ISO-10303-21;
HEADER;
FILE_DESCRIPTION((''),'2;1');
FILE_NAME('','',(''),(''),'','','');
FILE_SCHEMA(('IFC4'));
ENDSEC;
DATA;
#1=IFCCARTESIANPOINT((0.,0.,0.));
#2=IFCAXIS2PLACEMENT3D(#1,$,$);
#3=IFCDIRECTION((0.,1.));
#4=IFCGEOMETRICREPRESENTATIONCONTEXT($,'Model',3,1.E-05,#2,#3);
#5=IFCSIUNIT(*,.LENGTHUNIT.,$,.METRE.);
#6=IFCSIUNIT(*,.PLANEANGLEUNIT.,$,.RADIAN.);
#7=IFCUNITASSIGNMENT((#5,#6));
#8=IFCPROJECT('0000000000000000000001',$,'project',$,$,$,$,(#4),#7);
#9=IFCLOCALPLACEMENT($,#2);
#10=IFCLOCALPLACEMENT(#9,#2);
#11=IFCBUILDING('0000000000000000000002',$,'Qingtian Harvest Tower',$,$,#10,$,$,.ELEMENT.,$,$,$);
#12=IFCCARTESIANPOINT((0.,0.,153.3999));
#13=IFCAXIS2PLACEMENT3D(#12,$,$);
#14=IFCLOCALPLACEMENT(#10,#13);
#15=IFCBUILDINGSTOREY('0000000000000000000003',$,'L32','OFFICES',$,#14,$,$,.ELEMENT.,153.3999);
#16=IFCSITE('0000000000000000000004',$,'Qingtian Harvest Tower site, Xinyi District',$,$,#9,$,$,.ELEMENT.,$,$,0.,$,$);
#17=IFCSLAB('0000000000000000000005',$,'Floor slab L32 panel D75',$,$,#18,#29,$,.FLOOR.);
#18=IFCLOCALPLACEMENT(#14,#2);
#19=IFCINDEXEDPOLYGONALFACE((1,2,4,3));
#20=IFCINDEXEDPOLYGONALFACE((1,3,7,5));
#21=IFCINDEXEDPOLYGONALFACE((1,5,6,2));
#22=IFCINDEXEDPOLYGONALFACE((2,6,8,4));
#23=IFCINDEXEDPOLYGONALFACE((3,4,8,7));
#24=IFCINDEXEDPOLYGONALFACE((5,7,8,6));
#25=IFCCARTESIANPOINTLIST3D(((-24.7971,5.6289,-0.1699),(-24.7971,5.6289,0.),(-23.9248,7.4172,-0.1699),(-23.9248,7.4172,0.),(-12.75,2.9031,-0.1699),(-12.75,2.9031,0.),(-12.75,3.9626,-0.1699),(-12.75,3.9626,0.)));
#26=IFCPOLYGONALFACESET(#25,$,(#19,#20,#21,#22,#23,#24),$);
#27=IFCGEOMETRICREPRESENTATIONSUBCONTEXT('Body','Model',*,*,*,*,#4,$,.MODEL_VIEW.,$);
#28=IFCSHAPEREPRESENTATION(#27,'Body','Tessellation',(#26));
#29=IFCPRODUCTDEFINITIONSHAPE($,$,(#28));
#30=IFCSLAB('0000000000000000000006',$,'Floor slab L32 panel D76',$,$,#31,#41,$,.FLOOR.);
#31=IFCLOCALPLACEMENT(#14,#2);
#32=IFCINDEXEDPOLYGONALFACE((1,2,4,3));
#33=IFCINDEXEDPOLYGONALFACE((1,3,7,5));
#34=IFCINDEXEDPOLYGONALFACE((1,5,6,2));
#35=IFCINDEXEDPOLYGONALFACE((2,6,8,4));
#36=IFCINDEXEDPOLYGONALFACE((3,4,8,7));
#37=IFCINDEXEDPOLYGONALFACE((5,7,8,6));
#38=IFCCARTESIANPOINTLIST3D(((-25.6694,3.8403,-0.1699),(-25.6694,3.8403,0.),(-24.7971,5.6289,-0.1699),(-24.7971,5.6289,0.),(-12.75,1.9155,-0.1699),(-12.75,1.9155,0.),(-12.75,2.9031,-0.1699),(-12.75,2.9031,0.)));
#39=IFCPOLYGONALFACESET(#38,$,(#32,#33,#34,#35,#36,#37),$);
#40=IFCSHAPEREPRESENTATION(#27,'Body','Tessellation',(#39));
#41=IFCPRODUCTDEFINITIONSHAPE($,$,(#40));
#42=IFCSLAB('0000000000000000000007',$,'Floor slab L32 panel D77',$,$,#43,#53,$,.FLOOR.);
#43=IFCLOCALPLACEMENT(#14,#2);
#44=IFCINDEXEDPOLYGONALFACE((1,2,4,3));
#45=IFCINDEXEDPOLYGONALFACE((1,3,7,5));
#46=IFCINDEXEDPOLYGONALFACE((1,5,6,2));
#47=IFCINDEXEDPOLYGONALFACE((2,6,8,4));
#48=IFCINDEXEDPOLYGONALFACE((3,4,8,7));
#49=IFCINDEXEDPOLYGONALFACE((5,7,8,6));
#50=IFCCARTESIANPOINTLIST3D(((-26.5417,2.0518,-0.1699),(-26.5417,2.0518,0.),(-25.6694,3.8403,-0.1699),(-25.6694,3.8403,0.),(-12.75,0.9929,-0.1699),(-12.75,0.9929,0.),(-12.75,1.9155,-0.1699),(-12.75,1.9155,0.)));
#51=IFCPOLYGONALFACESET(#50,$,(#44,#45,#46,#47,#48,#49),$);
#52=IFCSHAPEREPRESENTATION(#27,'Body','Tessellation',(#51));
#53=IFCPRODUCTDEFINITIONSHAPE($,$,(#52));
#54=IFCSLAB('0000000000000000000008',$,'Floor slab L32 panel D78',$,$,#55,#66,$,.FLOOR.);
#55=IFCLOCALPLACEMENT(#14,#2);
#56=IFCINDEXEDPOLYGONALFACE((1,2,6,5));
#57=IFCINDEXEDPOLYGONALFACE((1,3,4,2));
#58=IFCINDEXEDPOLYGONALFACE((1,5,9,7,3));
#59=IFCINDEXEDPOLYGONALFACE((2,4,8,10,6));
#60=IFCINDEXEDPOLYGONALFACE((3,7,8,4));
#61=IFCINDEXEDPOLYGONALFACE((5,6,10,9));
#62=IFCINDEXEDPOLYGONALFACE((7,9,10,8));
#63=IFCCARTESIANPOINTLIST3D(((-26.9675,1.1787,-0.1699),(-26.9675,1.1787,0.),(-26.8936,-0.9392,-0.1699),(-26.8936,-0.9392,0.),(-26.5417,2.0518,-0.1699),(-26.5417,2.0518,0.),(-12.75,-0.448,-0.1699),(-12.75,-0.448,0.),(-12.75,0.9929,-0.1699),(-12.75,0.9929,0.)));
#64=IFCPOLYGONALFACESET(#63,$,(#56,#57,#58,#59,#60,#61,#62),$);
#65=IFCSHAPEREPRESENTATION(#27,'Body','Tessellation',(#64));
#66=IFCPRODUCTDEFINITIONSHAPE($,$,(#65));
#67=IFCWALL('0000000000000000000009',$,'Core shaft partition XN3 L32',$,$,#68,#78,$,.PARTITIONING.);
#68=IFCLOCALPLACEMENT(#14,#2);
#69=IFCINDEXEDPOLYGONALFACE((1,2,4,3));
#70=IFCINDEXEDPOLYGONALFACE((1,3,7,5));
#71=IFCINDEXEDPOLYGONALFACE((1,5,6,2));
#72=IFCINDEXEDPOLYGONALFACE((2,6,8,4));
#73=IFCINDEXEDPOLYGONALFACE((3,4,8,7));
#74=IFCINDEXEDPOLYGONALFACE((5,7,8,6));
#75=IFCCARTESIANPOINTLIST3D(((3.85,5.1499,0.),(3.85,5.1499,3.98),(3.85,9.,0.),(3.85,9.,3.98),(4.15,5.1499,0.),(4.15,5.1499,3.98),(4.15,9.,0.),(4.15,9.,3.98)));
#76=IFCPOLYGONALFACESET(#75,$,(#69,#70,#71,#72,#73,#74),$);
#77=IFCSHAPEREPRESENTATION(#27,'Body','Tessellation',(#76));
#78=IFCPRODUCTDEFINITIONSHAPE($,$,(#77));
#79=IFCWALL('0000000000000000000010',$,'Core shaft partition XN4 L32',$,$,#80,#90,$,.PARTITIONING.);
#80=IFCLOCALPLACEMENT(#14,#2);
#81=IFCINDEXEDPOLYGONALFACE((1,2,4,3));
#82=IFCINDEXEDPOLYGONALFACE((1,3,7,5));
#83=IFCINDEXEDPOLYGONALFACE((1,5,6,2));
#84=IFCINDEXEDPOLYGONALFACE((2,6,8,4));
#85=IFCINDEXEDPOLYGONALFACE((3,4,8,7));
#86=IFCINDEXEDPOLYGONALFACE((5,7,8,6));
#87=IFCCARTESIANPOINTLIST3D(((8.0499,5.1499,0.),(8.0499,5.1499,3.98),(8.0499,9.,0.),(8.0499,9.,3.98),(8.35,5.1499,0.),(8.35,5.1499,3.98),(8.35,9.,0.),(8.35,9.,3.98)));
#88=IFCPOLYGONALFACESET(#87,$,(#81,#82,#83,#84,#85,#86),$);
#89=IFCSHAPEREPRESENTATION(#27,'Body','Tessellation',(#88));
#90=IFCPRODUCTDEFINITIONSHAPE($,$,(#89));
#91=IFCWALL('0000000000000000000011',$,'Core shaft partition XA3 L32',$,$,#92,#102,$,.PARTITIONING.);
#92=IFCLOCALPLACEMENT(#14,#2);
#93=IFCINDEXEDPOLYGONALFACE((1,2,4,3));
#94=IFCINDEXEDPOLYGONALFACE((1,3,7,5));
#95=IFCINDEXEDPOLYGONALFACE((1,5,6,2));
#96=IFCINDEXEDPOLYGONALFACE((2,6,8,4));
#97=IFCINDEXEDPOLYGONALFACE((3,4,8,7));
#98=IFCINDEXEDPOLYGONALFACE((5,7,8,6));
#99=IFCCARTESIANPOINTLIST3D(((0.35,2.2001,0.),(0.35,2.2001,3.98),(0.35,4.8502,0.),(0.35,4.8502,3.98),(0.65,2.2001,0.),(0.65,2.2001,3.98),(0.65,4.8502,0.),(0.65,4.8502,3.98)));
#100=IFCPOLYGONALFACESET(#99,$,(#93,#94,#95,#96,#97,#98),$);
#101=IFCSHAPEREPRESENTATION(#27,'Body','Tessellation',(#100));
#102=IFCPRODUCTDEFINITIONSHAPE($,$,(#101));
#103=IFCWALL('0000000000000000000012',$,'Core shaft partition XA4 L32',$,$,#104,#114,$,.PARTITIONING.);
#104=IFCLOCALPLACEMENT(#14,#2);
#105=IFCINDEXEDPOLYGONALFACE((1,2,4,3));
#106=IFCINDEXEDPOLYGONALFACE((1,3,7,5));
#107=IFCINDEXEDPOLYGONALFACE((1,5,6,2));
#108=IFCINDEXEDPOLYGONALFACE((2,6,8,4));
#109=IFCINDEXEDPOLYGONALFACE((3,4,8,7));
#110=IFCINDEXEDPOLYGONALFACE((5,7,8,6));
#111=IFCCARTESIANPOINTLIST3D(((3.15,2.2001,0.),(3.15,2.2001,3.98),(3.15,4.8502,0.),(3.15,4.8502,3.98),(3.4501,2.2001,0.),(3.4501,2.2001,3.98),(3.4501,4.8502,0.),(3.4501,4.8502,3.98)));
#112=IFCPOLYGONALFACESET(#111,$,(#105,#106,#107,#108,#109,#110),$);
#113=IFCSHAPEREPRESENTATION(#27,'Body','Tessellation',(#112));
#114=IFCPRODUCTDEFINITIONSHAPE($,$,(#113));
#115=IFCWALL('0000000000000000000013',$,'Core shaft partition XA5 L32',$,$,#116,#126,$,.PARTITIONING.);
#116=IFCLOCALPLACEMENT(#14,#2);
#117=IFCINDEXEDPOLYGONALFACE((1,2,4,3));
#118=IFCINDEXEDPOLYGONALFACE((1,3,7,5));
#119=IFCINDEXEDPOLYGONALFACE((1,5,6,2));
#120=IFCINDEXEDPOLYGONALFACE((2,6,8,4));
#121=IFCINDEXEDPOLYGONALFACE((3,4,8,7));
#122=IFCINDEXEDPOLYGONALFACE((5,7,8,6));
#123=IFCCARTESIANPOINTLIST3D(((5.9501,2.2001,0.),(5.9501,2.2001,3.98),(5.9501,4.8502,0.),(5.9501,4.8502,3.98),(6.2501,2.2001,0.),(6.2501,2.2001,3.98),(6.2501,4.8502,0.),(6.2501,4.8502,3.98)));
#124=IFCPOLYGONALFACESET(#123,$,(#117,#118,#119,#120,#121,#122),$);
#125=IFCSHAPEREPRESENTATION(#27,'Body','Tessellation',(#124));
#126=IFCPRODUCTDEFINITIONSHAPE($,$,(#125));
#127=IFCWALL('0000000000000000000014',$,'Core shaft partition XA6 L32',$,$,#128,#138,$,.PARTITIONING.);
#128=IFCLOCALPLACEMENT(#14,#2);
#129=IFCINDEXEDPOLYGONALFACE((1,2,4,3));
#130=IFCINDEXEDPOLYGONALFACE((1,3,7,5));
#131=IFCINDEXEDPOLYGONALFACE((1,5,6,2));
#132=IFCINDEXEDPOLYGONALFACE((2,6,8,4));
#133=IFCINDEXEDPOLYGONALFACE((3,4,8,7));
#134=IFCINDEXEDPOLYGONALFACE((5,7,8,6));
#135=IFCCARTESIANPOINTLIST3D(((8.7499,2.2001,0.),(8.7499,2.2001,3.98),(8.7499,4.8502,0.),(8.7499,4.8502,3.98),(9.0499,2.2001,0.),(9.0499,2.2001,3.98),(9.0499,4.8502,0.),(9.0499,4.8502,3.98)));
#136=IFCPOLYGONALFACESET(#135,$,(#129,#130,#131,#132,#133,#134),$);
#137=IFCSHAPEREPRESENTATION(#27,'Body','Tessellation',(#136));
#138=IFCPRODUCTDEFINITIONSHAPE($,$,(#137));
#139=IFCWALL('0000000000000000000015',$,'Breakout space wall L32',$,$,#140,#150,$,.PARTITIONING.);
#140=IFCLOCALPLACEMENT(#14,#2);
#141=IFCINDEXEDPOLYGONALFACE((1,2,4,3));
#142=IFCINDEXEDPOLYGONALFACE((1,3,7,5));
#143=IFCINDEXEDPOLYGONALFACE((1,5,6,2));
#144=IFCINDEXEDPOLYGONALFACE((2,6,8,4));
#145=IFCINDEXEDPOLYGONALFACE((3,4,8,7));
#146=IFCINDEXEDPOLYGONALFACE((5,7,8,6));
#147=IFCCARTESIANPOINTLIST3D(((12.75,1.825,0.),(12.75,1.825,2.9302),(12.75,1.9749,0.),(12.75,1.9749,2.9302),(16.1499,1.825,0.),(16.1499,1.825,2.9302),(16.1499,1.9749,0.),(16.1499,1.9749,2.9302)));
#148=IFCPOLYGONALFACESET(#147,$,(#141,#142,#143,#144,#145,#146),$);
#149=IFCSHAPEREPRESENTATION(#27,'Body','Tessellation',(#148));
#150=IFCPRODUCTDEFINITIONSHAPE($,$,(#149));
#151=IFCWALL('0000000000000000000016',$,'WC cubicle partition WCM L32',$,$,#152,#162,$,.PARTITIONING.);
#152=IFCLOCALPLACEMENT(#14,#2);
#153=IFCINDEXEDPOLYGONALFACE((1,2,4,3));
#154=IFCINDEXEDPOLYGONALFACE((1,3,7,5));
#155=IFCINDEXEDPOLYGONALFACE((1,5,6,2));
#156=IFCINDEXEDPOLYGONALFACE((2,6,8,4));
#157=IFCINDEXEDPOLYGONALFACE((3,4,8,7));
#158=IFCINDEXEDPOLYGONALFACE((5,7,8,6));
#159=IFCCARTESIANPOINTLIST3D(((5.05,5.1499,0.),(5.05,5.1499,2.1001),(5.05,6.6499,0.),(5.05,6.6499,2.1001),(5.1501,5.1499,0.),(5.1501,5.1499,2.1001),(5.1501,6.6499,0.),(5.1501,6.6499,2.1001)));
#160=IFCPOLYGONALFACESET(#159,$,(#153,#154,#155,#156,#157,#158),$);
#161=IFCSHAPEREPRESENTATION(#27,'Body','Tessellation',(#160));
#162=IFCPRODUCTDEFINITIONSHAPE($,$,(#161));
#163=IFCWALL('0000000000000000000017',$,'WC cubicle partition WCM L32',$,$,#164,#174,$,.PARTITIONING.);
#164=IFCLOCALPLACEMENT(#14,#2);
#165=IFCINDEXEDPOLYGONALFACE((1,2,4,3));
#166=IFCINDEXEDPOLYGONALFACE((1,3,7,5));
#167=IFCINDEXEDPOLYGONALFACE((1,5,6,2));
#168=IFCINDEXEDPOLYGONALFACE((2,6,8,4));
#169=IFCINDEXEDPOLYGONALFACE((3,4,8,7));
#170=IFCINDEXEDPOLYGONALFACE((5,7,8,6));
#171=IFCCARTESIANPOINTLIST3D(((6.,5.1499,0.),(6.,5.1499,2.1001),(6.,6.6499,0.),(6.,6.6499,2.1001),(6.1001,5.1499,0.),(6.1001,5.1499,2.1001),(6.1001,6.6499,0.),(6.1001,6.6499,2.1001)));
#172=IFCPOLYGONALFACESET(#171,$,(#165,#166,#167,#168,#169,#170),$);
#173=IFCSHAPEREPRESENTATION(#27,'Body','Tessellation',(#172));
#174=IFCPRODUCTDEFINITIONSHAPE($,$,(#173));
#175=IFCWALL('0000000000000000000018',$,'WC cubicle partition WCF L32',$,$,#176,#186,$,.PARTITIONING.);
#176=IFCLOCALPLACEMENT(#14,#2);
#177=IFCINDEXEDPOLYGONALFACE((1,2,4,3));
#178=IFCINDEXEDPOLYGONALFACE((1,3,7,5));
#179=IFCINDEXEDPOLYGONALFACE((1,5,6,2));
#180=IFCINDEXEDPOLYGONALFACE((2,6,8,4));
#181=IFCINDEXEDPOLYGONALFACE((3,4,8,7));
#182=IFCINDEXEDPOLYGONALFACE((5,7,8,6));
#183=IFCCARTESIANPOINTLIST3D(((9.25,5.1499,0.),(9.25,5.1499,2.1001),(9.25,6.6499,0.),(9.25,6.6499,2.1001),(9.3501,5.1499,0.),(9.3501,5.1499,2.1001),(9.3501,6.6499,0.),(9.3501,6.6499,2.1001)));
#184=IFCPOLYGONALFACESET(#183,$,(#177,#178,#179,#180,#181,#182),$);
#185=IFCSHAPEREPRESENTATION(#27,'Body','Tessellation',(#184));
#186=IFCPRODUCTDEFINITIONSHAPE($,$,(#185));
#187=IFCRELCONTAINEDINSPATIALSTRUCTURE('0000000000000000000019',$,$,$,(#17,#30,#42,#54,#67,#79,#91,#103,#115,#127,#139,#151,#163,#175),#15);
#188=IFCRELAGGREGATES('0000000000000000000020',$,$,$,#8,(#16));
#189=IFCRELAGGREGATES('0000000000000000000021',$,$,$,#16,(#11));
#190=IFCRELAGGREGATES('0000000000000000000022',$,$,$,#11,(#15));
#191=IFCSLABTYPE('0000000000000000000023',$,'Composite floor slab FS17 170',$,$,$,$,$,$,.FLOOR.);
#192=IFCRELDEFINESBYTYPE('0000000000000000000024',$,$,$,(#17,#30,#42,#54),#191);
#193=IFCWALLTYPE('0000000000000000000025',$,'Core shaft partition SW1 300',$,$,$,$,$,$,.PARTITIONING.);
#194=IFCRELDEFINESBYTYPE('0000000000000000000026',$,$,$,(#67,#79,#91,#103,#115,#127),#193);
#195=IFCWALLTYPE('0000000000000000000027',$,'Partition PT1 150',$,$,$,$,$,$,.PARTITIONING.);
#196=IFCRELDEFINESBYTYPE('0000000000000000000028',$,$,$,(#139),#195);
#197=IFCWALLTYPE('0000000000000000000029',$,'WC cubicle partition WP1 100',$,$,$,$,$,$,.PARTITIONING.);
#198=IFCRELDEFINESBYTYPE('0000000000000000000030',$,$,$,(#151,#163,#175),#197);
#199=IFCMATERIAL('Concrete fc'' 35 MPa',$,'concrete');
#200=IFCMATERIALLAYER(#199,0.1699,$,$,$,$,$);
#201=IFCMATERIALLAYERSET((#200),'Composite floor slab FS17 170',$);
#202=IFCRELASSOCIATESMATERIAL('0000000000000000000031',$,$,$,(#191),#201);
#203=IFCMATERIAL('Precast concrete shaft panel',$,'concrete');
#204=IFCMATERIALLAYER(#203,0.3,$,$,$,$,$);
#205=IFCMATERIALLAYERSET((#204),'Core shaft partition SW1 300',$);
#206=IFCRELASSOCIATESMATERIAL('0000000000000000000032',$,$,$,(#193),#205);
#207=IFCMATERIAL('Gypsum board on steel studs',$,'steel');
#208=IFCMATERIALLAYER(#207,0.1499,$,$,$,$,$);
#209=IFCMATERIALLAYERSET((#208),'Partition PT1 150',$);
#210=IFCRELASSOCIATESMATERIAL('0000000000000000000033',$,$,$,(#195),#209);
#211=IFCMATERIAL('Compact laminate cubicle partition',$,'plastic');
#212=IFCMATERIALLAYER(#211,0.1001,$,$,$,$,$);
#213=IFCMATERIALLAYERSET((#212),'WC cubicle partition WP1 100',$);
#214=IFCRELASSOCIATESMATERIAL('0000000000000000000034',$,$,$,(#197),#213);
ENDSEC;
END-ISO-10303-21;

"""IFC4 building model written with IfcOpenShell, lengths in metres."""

from ifc_helpers import new_model, si_unit, direction, frame, frame_2d, origin, place, context, subcontext, project, spatial, polyline, rectangle, outline, extrude, material, layer, layer_set, type_object, element, save


model = new_model("IFC4")

# Units and contexts
model_context = context("Model", 3, precision=1e-05, world=origin(), true_north=direction((0.0, 1.0)))
body_context = subcontext(model_context, "Body", "Model", "MODEL_VIEW")
ifc_project = project(units=[si_unit("LENGTHUNIT", "METRE"), si_unit("PLANEANGLEUNIT", "RADIAN")], contexts=[model_context])

# Site, building, storey
site_placement = place(None, origin())
site = spatial("IfcSite", under=ifc_project, at=site_placement, Name="Qingtian Harvest Tower site, Xinyi District", CompositionType="ELEMENT", RefElevation=0.0)
building_placement = place(site_placement, origin())
building = spatial("IfcBuilding", under=site, at=building_placement, Name="Qingtian Harvest Tower", CompositionType="ELEMENT")
storey_placement = place(building_placement, frame((0.0, 0.0, 153.3999)))
storey = spatial("IfcBuildingStorey", under=building, at=storey_placement, Name="L32", Description="OFFICES", CompositionType="ELEMENT", Elevation=153.3999)

# Slabs
ifc_material_1 = material(Name="Concrete fc' 35 MPa", Category="concrete")
ifc_layer_1 = layer(ifc_material_1, 0.1699)
ifc_layer_set_1 = layer_set([ifc_layer_1], Name="Composite floor slab FS17 170")
slab_type = type_object("IfcSlabType", Name="Composite floor slab FS17 170", PredefinedType="FLOOR", material=ifc_layer_set_1)
slab_1_placement = place(storey_placement, frame((0.0, 0.0, -0.1699)))
element("IfcSlab", 1, at=slab_1_placement, inside=storey, type_object=slab_type, Name="Floor slab L32 panel D75", PredefinedType="FLOOR", context=body_context, shape_type="SweptSolid", body=[
    extrude(outline(polyline([(-12.75, 2.9031), (-24.7971, 5.6289), (-23.9248, 7.4172), (-12.75, 3.9626), (-12.75, 2.9031)])), origin(), (0.0, 0.0, 1.0), 0.1699),
])
slab_2_placement = place(storey_placement, frame((0.0, 0.0, -0.1699)))
element("IfcSlab", 2, at=slab_2_placement, inside=storey, type_object=slab_type, Name="Floor slab L32 panel D76", PredefinedType="FLOOR", context=body_context, shape_type="SweptSolid", body=[
    extrude(outline(polyline([(-12.75, 1.9155), (-25.6694, 3.8403), (-24.7971, 5.6289), (-12.75, 2.9031), (-12.75, 1.9155)])), origin(), (0.0, 0.0, 1.0), 0.1699),
])
slab_3_placement = place(storey_placement, frame((0.0, 0.0, -0.1699)))
element("IfcSlab", 3, at=slab_3_placement, inside=storey, type_object=slab_type, Name="Floor slab L32 panel D77", PredefinedType="FLOOR", context=body_context, shape_type="SweptSolid", body=[
    extrude(outline(polyline([(-12.75, 0.9929), (-26.5417, 2.0518), (-25.6694, 3.8403), (-12.75, 1.9155), (-12.75, 0.9929)])), origin(), (0.0, 0.0, 1.0), 0.1699),
])
slab_4_placement = place(storey_placement, frame((0.0, 0.0, -0.1699)))
element("IfcSlab", 4, at=slab_4_placement, inside=storey, type_object=slab_type, Name="Floor slab L32 panel D78", PredefinedType="FLOOR", context=body_context, shape_type="SweptSolid", body=[
    extrude(outline(polyline([(-12.75, 0.9929), (-12.75, -0.448), (-26.8936, -0.9392), (-26.9675, 1.1787), (-26.5417, 2.0518), (-12.75, 0.9929)])), origin(), (0.0, 0.0, 1.0), 0.1699),
])

# Shared definitions
ifc_material_2 = material(Name="Precast concrete shaft panel", Category="concrete")
ifc_layer_2 = layer(ifc_material_2, 0.3)
ifc_layer_set_2 = layer_set([ifc_layer_2], Name="Core shaft partition SW1 300")
wall_type_1 = type_object("IfcWallType", Name="Core shaft partition SW1 300", PredefinedType="PARTITIONING", material=ifc_layer_set_2)

# Walls
for number, where, z_axis, x_axis, name in (
    (5, (4.0, 5.1499, 0.0), (0.0, 0.0, 1.0), (0.0, 1.0, 0.0), "Core shaft partition XN3 L32"),
    (6, (8.2, 5.1499, 0.0), (0.0, 0.0, 1.0), (0.0, 1.0, 0.0), "Core shaft partition XN4 L32"),
):
    element("IfcWall", number, at=place(storey_placement, frame(where, z_axis=z_axis, x_axis=x_axis)), inside=storey, type_object=wall_type_1, Name=name, PredefinedType="PARTITIONING", context=body_context, shape_type="SweptSolid", body=[
        extrude(rectangle(XDim=3.8501, YDim=0.3, at=frame_2d((1.925, 0.0))), origin(), (0.0, 0.0, 1.0), 3.98),
    ])
for number, where, z_axis, x_axis, name in (
    (7, (0.5, 2.2, 0.0), (0.0, 0.0, 1.0), (0.0, 1.0, 0.0), "Core shaft partition XA3 L32"),
    (8, (3.3, 2.2, 0.0), (0.0, 0.0, 1.0), (0.0, 1.0, 0.0), "Core shaft partition XA4 L32"),
    (9, (6.1001, 2.2, 0.0), (0.0, 0.0, 1.0), (0.0, 1.0, 0.0), "Core shaft partition XA5 L32"),
    (10, (8.8999, 2.2, 0.0), (0.0, 0.0, 1.0), (0.0, 1.0, 0.0), "Core shaft partition XA6 L32"),
):
    element("IfcWall", number, at=place(storey_placement, frame(where, z_axis=z_axis, x_axis=x_axis)), inside=storey, type_object=wall_type_1, Name=name, PredefinedType="PARTITIONING", context=body_context, shape_type="SweptSolid", body=[
        extrude(rectangle(XDim=2.6501, YDim=0.3, at=frame_2d((1.3252, 0.0))), origin(), (0.0, 0.0, 1.0), 3.98),
    ])
ifc_material_3 = material(Name="Gypsum board on steel studs", Category="steel")
ifc_layer_3 = layer(ifc_material_3, 0.1499)
ifc_layer_set_3 = layer_set([ifc_layer_3], Name="Partition PT1 150")
wall_type_2 = type_object("IfcWallType", Name="Partition PT1 150", PredefinedType="PARTITIONING", material=ifc_layer_set_3)
wall_1_placement = place(storey_placement, frame((12.75, 1.8999, 0.0), z_axis=(0.0, 0.0, 1.0), x_axis=(1.0, 0.0, 0.0)))
element("IfcWall", 11, at=wall_1_placement, inside=storey, type_object=wall_type_2, Name="Breakout space wall L32", PredefinedType="PARTITIONING", context=body_context, shape_type="SweptSolid", body=[
    extrude(rectangle(XDim=3.3999, YDim=0.1499, at=frame_2d((1.7, 0.0))), origin(), (0.0, 0.0, 1.0), 2.9302),
])
ifc_material_4 = material(Name="Compact laminate cubicle partition", Category="plastic")
ifc_layer_4 = layer(ifc_material_4, 0.1001)
ifc_layer_set_4 = layer_set([ifc_layer_4], Name="WC cubicle partition WP1 100")
wall_type_3 = type_object("IfcWallType", Name="WC cubicle partition WP1 100", PredefinedType="PARTITIONING", material=ifc_layer_set_4)
for number, where, z_axis, x_axis, name in (
    (12, (5.1001, 5.1499, 0.0), (0.0, 0.0, 1.0), (0.0, 1.0, 0.0), "WC cubicle partition WCM L32"),
    (13, (6.05, 5.1499, 0.0), (0.0, 0.0, 1.0), (0.0, 1.0, 0.0), "WC cubicle partition WCM L32"),
    (14, (9.3, 5.1499, 0.0), (0.0, 0.0, 1.0), (0.0, 1.0, 0.0), "WC cubicle partition WCF L32"),
):
    element("IfcWall", number, at=place(storey_placement, frame(where, z_axis=z_axis, x_axis=x_axis)), inside=storey, type_object=wall_type_3, Name=name, PredefinedType="PARTITIONING", context=body_context, shape_type="SweptSolid", body=[
        extrude(rectangle(XDim=1.5, YDim=0.1001, at=frame_2d((0.75, 0.0))), origin(), (0.0, 0.0, 1.0), 2.1001),
    ])

save(model, "model.ifc")
